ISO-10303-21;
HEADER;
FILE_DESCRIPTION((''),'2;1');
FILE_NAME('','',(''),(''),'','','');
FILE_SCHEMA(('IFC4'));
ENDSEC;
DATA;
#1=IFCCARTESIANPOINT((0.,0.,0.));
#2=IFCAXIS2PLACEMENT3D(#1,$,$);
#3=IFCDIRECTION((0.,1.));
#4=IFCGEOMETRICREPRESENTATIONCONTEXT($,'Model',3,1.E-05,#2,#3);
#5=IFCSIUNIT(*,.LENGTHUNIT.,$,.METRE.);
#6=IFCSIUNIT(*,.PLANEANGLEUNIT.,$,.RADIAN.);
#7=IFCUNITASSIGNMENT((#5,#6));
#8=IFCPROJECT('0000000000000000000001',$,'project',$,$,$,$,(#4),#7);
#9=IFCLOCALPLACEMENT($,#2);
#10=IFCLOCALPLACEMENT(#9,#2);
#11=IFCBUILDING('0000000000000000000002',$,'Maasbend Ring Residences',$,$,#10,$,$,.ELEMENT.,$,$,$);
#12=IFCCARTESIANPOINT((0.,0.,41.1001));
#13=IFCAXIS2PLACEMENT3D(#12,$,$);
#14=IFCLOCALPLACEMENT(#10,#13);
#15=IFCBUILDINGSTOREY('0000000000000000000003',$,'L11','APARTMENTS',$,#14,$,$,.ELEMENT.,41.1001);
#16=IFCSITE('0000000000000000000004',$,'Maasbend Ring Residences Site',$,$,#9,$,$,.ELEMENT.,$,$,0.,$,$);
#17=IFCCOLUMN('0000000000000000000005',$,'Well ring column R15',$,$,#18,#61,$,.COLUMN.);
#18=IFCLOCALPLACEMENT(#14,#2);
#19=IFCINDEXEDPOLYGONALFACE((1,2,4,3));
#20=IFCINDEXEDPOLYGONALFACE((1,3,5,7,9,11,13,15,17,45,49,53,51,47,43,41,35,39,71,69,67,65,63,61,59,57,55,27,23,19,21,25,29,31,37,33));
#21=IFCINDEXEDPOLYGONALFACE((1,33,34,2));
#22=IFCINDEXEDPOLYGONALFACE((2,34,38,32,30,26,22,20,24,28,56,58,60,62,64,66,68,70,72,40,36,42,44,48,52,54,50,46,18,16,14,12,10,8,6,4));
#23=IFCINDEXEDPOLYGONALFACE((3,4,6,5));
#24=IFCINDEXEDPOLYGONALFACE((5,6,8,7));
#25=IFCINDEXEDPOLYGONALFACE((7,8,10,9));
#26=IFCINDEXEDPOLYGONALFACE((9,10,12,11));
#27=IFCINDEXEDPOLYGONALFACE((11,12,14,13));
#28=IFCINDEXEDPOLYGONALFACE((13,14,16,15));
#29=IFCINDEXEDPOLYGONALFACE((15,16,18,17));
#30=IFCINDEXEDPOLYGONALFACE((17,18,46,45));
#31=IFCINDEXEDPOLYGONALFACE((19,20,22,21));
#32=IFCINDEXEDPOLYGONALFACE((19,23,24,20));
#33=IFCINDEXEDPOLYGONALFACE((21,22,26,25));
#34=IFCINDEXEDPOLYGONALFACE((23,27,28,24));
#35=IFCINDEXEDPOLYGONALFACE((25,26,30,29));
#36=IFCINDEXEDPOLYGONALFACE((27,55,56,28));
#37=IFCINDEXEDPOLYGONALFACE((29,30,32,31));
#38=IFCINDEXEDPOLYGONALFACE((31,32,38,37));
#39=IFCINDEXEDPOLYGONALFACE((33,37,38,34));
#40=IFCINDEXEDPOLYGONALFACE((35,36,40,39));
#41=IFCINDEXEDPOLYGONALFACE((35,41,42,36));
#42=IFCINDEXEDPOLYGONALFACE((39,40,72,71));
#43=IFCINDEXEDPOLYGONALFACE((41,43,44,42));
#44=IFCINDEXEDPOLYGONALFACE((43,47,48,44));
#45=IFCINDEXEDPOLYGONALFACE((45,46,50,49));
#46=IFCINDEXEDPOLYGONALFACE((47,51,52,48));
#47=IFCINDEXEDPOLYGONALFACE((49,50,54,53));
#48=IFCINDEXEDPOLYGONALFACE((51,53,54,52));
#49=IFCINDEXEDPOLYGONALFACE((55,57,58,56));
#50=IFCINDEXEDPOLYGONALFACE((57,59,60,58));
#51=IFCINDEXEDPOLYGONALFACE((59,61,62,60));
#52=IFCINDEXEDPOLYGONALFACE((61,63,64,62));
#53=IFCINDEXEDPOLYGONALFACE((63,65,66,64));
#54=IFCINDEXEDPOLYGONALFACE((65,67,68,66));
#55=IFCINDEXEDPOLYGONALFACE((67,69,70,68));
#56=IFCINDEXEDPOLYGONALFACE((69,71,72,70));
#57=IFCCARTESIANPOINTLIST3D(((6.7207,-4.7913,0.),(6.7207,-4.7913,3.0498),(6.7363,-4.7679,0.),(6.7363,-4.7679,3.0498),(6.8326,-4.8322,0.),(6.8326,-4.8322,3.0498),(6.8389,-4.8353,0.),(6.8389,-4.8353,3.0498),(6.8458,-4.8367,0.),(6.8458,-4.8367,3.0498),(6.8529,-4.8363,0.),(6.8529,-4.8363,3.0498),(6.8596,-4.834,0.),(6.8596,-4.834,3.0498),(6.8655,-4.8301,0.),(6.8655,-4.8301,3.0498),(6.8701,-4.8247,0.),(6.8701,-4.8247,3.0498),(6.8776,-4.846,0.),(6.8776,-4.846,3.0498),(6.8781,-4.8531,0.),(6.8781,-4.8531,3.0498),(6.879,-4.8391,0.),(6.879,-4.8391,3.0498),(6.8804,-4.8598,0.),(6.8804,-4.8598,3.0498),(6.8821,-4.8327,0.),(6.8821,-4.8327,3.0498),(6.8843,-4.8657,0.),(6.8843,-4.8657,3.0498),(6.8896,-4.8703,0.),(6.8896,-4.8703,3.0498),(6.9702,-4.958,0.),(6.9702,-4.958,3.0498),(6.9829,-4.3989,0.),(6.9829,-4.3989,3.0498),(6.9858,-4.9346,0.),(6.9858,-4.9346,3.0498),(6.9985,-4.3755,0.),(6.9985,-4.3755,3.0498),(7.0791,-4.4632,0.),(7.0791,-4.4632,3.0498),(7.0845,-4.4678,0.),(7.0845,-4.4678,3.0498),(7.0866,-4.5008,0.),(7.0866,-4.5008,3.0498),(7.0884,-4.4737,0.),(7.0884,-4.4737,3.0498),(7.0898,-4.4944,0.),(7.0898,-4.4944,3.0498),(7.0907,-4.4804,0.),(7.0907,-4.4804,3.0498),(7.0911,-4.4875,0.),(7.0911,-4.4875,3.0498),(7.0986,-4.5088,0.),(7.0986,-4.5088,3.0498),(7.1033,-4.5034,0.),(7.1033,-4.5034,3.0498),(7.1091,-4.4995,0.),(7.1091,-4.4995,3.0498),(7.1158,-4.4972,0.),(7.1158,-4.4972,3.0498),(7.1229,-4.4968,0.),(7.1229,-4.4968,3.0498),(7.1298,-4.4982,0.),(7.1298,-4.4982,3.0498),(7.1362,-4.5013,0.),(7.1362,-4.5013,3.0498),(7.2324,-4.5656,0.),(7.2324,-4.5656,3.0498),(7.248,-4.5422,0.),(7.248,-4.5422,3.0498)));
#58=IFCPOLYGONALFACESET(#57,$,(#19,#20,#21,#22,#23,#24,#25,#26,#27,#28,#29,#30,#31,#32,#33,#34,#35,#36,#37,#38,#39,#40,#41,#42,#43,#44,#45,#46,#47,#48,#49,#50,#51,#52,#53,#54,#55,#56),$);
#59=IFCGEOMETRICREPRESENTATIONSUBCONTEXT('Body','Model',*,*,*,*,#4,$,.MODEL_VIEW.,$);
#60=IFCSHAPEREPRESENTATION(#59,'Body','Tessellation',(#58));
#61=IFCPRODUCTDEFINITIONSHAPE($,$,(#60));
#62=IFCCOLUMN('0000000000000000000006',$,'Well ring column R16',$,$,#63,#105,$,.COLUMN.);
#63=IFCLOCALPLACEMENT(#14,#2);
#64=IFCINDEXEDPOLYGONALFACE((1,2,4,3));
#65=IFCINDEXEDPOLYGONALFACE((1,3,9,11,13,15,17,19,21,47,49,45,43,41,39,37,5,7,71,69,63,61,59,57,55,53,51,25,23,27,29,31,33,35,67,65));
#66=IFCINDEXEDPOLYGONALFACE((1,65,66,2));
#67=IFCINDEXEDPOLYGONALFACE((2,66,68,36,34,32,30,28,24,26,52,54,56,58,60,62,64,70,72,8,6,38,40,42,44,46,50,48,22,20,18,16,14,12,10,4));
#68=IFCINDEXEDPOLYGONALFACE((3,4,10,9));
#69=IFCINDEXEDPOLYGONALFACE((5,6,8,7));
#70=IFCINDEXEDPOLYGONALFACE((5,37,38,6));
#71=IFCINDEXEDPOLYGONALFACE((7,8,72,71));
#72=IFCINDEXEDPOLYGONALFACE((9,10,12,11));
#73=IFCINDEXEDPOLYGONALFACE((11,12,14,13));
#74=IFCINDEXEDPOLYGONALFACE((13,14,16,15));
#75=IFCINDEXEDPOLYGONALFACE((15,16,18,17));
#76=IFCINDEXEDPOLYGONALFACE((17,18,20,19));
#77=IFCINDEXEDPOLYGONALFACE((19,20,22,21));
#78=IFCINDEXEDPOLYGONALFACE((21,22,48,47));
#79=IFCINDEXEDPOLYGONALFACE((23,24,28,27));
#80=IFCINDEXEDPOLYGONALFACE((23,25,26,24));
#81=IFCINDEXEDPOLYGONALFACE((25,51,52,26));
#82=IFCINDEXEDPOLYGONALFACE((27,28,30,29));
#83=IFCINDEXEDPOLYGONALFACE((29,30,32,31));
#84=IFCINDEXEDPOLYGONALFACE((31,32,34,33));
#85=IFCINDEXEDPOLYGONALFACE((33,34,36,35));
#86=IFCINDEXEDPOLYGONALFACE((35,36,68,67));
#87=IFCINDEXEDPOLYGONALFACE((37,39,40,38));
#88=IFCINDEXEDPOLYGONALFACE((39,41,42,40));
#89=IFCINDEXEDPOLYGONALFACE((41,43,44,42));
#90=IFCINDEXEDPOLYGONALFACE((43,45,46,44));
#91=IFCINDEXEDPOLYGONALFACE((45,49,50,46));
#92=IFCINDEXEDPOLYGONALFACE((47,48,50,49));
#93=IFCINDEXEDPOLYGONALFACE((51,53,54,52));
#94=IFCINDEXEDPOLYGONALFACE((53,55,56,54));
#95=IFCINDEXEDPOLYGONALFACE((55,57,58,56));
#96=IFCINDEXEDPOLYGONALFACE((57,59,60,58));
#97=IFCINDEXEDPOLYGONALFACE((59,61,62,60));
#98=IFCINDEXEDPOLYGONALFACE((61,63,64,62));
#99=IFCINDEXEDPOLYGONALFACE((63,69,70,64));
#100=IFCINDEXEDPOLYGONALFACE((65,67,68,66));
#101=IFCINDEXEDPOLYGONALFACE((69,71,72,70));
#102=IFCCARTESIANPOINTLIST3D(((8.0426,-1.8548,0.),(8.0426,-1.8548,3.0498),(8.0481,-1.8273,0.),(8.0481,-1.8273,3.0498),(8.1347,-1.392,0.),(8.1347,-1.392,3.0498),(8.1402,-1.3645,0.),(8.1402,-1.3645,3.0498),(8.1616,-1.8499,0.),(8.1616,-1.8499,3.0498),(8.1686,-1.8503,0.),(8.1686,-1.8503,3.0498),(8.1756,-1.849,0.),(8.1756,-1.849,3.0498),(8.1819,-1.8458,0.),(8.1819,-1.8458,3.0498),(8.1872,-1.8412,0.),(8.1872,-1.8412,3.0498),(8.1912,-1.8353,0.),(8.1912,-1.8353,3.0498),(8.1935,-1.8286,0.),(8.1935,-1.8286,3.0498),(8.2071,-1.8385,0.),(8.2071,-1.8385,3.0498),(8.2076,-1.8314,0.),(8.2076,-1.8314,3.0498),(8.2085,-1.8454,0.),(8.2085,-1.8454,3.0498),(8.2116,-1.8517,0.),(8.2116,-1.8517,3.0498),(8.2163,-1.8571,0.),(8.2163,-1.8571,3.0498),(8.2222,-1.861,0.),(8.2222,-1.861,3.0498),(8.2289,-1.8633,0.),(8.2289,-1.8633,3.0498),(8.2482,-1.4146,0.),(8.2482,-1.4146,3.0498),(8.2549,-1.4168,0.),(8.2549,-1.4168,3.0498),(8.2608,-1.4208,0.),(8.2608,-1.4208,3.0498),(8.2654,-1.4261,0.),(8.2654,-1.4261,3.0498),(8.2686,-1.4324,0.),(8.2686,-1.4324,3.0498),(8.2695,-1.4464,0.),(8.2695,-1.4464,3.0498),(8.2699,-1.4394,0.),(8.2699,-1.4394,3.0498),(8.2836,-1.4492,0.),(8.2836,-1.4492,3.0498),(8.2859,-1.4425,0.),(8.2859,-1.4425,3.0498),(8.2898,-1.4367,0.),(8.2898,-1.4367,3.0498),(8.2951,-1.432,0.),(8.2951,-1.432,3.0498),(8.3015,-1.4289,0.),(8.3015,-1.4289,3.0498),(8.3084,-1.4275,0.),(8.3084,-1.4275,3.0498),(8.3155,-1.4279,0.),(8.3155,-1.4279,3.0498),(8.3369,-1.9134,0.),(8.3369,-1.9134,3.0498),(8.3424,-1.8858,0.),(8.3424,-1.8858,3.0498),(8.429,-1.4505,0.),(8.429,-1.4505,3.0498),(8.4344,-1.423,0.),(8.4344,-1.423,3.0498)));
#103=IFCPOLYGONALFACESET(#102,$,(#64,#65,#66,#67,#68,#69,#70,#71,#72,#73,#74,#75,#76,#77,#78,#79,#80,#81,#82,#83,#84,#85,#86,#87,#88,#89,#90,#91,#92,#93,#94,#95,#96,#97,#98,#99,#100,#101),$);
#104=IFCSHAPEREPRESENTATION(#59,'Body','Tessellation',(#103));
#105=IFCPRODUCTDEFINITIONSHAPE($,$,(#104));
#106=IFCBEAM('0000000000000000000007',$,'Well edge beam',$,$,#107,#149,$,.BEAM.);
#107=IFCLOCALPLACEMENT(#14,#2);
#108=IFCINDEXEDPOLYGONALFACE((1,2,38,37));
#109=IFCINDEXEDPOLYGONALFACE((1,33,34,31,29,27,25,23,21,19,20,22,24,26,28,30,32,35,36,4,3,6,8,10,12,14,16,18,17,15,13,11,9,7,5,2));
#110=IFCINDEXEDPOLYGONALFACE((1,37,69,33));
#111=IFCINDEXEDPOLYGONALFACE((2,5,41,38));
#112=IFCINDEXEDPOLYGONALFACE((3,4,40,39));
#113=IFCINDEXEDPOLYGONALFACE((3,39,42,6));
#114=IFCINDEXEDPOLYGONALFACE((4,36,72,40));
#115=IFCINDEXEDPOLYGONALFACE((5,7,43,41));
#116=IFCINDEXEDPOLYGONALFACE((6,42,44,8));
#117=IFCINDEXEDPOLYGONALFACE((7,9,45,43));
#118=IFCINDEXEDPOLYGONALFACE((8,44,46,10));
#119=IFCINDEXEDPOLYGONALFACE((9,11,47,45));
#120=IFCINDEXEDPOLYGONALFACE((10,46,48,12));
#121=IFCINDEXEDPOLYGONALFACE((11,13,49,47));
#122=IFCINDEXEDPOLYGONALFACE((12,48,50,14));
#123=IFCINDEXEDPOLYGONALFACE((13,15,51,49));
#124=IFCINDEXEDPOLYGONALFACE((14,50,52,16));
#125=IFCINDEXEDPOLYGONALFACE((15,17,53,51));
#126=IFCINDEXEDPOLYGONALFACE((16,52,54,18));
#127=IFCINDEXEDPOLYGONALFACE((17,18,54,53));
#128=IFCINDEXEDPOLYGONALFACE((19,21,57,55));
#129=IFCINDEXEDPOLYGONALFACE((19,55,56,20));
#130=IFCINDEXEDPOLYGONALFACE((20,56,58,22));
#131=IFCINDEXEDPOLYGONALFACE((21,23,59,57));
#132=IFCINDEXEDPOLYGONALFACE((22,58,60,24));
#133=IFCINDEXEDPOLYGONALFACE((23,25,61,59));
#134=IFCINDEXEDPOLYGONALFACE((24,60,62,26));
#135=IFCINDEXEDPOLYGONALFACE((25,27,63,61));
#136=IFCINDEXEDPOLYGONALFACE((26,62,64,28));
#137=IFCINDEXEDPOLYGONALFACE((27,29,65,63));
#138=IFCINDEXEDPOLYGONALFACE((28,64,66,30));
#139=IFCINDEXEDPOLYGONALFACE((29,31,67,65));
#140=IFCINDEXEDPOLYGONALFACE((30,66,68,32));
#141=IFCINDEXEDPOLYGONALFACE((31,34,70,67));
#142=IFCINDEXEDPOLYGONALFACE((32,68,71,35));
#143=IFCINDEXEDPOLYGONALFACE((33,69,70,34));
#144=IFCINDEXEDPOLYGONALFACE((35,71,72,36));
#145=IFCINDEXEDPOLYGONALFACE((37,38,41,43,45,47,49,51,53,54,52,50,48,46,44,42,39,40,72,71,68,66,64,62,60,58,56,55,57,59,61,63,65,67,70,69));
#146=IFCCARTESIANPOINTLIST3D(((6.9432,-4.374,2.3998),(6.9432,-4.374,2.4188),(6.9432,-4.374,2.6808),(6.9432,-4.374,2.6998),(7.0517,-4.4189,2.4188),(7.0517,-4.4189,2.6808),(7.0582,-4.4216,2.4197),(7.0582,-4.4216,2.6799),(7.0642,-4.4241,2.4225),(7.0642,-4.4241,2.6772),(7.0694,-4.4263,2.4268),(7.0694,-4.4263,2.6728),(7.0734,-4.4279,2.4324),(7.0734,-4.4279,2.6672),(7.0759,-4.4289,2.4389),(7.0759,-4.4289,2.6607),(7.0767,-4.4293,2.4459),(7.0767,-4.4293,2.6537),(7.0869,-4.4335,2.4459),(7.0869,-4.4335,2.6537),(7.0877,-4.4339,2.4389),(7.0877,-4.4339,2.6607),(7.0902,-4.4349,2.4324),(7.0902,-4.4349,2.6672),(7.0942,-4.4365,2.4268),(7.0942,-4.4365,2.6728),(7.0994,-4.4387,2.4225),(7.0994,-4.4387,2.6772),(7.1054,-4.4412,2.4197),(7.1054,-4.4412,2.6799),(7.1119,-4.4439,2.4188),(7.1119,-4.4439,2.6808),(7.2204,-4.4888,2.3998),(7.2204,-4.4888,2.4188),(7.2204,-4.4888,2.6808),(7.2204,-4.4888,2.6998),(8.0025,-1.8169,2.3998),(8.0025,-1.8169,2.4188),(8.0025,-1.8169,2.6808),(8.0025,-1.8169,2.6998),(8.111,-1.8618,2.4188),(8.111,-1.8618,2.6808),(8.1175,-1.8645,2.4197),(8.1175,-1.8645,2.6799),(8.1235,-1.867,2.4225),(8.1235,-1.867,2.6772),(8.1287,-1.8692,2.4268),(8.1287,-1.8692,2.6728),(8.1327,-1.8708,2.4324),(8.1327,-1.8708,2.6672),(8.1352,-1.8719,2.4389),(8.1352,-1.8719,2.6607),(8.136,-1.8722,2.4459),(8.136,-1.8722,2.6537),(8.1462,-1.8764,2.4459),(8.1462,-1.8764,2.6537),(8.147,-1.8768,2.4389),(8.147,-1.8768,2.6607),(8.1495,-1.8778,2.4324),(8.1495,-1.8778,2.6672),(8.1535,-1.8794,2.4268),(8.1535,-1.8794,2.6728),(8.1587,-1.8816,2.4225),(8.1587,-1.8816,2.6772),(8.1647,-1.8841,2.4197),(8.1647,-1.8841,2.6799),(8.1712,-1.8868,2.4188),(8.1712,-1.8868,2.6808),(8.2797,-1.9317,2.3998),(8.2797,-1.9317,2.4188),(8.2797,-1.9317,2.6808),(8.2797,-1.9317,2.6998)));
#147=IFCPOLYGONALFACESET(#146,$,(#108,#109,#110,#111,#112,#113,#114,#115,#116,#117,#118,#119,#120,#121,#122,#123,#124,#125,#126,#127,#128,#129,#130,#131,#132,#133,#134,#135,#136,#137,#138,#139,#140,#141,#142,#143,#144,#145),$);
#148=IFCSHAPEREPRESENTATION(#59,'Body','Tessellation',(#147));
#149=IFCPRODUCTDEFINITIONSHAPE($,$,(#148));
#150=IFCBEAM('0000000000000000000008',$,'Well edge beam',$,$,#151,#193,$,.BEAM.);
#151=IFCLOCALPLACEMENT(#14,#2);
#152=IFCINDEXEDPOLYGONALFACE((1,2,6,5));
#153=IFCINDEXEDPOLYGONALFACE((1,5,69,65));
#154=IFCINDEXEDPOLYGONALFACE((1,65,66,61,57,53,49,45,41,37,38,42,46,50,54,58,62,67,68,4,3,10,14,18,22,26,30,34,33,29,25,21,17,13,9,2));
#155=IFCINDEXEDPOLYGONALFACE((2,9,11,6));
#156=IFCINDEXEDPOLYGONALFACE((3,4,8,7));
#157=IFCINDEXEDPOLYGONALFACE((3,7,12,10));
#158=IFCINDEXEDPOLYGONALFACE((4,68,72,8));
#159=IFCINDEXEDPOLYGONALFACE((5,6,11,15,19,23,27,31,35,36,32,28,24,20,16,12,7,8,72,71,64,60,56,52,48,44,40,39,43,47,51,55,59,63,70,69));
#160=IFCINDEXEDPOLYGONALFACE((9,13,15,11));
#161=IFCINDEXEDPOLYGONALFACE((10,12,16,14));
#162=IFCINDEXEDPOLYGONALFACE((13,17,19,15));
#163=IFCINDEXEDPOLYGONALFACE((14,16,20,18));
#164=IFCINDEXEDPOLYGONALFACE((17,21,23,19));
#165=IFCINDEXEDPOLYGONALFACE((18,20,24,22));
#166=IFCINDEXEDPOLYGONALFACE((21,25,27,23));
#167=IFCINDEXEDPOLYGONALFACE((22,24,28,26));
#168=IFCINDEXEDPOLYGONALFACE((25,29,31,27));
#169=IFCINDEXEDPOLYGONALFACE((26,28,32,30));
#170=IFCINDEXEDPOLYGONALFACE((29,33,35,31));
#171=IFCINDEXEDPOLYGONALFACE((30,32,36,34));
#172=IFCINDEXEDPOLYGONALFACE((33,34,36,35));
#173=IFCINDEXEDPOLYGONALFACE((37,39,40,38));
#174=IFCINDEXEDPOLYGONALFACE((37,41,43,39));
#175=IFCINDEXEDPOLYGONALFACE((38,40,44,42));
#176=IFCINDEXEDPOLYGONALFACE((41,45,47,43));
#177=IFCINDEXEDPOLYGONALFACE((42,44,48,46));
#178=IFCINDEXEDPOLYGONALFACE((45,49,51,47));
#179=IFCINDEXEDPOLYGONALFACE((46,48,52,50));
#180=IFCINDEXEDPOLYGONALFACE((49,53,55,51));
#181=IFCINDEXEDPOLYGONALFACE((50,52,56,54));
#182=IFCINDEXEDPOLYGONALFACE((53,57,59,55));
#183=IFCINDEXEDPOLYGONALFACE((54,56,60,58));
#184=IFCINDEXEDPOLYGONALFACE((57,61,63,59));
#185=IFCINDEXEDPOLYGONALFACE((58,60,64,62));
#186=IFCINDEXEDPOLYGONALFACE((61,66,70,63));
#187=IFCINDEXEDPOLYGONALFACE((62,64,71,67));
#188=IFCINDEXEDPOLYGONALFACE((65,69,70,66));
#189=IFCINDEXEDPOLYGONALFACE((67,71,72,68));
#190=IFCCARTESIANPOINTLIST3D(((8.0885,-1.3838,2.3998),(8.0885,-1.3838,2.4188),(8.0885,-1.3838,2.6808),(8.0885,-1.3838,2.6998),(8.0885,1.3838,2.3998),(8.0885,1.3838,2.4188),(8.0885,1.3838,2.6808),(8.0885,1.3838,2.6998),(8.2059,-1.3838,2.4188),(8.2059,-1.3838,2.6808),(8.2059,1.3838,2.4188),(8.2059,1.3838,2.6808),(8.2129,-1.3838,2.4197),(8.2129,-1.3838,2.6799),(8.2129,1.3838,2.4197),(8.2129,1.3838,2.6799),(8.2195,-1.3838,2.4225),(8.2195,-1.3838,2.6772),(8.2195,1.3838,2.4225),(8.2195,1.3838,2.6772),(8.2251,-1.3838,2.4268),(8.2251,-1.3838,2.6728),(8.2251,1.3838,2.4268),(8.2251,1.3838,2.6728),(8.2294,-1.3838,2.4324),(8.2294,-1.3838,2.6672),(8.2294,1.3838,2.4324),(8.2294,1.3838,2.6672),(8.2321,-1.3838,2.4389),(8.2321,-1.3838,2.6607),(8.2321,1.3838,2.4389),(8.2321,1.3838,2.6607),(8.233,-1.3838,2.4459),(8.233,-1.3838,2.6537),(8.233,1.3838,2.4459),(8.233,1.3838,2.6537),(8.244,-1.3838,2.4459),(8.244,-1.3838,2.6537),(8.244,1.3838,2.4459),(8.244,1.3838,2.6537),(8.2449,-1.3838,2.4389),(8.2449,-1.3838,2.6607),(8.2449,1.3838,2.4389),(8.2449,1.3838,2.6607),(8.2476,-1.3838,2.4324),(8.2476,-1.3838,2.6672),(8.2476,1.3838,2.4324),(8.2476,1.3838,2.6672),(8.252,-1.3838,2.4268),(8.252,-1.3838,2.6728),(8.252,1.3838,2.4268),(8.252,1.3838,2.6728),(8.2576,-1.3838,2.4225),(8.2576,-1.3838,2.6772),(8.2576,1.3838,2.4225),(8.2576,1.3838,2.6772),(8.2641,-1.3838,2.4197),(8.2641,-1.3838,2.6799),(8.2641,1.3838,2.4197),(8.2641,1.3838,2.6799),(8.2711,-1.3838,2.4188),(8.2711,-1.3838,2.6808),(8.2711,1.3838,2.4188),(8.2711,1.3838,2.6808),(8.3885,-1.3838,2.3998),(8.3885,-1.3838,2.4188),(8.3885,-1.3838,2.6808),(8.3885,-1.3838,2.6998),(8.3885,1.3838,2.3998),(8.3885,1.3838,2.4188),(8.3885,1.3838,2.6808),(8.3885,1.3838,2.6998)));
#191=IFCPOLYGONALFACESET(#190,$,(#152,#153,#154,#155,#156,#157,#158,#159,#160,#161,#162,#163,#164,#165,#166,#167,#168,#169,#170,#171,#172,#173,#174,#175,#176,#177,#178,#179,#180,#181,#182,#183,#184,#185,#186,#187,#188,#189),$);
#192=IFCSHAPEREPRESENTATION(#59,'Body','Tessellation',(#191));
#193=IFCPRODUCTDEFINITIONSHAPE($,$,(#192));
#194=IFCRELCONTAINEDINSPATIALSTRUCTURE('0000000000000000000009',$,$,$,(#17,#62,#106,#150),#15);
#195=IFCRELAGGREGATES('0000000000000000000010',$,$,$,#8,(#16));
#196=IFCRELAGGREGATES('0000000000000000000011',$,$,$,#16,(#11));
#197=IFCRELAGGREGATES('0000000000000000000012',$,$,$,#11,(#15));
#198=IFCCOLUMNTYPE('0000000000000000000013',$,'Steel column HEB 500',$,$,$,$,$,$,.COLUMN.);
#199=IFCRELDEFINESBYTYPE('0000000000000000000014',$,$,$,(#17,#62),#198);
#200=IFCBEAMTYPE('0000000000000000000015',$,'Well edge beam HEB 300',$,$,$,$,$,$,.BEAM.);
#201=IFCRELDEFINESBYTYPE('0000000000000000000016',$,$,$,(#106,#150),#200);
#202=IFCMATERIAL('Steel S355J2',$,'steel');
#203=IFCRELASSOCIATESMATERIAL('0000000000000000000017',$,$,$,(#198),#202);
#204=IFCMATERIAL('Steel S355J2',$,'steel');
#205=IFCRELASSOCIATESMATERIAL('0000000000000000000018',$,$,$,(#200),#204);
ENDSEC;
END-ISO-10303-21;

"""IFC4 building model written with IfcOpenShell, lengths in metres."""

from ifc_helpers import new_model, si_unit, direction, frame, origin, origin_2d, place, context, subcontext, project, spatial, i_section, extrude, material, material_profile, profile_set, type_object, element, save


model = new_model("IFC4")

# Units and contexts
model_context = context("Model", 3, precision=1e-05, world=origin(), true_north=direction((0.0, 1.0)))
body_context = subcontext(model_context, "Body", "Model", "MODEL_VIEW")
ifc_project = project(units=[si_unit("LENGTHUNIT", "METRE"), si_unit("PLANEANGLEUNIT", "RADIAN")], contexts=[model_context])

# Site, building, storey
site_placement = place(None, origin())
site = spatial("IfcSite", under=ifc_project, at=site_placement, Name="Maasbend Ring Residences Site", CompositionType="ELEMENT", RefElevation=0.0)
building_placement = place(site_placement, origin())
building = spatial("IfcBuilding", under=site, at=building_placement, Name="Maasbend Ring Residences", CompositionType="ELEMENT")
storey_placement = place(building_placement, frame((0.0, 0.0, 41.1001)))
storey = spatial("IfcBuildingStorey", under=building, at=storey_placement, Name="L11", Description="APARTMENTS", CompositionType="ELEMENT", Elevation=41.1001)

# Columns
ifc_material_1 = material(Name="Steel S355J2", Category="steel")
ifc_material_profile_1 = material_profile(ifc_material_1, i_section(OverallWidth=0.3, OverallDepth=0.5, WebThickness=0.0144, FlangeThickness=0.0281, FilletRadius=0.0271, at=origin_2d()), Name="HEB 500")
ifc_profile_set_1 = profile_set([ifc_material_profile_1], Name="Steel S355J2")
column_type = type_object("IfcColumnType", Name="Steel column HEB 500", PredefinedType="COLUMN", material=ifc_profile_set_1)
for number, where, z_axis, x_axis, name in (
    (1, (6.9844, -4.6667, 0.0), (0.0, 0.0, 1.0), (0.83147, -0.55557, 0.0), "Well ring column R15"),
    (2, (8.2385, -1.6389, 0.0), (0.0, 0.0, 1.0), (0.980785, -0.19509, 0.0), "Well ring column R16"),
):
    element("IfcColumn", number, at=place(storey_placement, frame(where, z_axis=z_axis, x_axis=x_axis)), inside=storey, type_object=column_type, Name=name, PredefinedType="COLUMN", context=body_context, shape_type="SweptSolid", body=[
        extrude(i_section(OverallWidth=0.3, OverallDepth=0.5, WebThickness=0.0144, FlangeThickness=0.0281, FilletRadius=0.0271, at=origin_2d()), origin(), (0.0, 0.0, 1.0), 3.0498),
    ])

# Beams
ifc_material_2 = material(Name="Steel S355J2", Category="steel")
ifc_material_profile_2 = material_profile(ifc_material_2, i_section(OverallWidth=0.3, OverallDepth=0.3, WebThickness=0.011, FlangeThickness=0.019, FilletRadius=0.0271, at=origin_2d()), Name="HEB 300")
ifc_profile_set_2 = profile_set([ifc_material_profile_2], Name="Steel S355J2")
beam_type = type_object("IfcBeamType", Name="Well edge beam HEB 300", PredefinedType="BEAM", material=ifc_profile_set_2)
beam_1_placement = place(storey_placement, frame((7.0818, -4.4314, 2.5498), z_axis=(0.382723, 0.923863, 0.0), x_axis=(-0.923863, 0.382723, 0.0)))
element("IfcBeam", 3, at=beam_1_placement, inside=storey, type_object=beam_type, Name="Well edge beam", PredefinedType="BEAM", context=body_context, shape_type="SweptSolid", body=[
    extrude(i_section(OverallWidth=0.3, OverallDepth=0.3, WebThickness=0.011, FlangeThickness=0.019, FilletRadius=0.0271, at=origin_2d()), origin(), (0.0, 0.0, 1.0), 2.7678),
])
beam_2_placement = place(storey_placement, frame((8.2385, -1.3838, 2.5498), z_axis=(0.0, 1.0, 0.0), x_axis=(-1.0, 0.0, 0.0)))
element("IfcBeam", 4, at=beam_2_placement, inside=storey, type_object=beam_type, Name="Well edge beam", PredefinedType="BEAM", context=body_context, shape_type="SweptSolid", body=[
    extrude(i_section(OverallWidth=0.3, OverallDepth=0.3, WebThickness=0.011, FlangeThickness=0.019, FilletRadius=0.0271, at=origin_2d()), origin(), (0.0, 0.0, 1.0), 2.7676),
])

save(model, "model.ifc")
